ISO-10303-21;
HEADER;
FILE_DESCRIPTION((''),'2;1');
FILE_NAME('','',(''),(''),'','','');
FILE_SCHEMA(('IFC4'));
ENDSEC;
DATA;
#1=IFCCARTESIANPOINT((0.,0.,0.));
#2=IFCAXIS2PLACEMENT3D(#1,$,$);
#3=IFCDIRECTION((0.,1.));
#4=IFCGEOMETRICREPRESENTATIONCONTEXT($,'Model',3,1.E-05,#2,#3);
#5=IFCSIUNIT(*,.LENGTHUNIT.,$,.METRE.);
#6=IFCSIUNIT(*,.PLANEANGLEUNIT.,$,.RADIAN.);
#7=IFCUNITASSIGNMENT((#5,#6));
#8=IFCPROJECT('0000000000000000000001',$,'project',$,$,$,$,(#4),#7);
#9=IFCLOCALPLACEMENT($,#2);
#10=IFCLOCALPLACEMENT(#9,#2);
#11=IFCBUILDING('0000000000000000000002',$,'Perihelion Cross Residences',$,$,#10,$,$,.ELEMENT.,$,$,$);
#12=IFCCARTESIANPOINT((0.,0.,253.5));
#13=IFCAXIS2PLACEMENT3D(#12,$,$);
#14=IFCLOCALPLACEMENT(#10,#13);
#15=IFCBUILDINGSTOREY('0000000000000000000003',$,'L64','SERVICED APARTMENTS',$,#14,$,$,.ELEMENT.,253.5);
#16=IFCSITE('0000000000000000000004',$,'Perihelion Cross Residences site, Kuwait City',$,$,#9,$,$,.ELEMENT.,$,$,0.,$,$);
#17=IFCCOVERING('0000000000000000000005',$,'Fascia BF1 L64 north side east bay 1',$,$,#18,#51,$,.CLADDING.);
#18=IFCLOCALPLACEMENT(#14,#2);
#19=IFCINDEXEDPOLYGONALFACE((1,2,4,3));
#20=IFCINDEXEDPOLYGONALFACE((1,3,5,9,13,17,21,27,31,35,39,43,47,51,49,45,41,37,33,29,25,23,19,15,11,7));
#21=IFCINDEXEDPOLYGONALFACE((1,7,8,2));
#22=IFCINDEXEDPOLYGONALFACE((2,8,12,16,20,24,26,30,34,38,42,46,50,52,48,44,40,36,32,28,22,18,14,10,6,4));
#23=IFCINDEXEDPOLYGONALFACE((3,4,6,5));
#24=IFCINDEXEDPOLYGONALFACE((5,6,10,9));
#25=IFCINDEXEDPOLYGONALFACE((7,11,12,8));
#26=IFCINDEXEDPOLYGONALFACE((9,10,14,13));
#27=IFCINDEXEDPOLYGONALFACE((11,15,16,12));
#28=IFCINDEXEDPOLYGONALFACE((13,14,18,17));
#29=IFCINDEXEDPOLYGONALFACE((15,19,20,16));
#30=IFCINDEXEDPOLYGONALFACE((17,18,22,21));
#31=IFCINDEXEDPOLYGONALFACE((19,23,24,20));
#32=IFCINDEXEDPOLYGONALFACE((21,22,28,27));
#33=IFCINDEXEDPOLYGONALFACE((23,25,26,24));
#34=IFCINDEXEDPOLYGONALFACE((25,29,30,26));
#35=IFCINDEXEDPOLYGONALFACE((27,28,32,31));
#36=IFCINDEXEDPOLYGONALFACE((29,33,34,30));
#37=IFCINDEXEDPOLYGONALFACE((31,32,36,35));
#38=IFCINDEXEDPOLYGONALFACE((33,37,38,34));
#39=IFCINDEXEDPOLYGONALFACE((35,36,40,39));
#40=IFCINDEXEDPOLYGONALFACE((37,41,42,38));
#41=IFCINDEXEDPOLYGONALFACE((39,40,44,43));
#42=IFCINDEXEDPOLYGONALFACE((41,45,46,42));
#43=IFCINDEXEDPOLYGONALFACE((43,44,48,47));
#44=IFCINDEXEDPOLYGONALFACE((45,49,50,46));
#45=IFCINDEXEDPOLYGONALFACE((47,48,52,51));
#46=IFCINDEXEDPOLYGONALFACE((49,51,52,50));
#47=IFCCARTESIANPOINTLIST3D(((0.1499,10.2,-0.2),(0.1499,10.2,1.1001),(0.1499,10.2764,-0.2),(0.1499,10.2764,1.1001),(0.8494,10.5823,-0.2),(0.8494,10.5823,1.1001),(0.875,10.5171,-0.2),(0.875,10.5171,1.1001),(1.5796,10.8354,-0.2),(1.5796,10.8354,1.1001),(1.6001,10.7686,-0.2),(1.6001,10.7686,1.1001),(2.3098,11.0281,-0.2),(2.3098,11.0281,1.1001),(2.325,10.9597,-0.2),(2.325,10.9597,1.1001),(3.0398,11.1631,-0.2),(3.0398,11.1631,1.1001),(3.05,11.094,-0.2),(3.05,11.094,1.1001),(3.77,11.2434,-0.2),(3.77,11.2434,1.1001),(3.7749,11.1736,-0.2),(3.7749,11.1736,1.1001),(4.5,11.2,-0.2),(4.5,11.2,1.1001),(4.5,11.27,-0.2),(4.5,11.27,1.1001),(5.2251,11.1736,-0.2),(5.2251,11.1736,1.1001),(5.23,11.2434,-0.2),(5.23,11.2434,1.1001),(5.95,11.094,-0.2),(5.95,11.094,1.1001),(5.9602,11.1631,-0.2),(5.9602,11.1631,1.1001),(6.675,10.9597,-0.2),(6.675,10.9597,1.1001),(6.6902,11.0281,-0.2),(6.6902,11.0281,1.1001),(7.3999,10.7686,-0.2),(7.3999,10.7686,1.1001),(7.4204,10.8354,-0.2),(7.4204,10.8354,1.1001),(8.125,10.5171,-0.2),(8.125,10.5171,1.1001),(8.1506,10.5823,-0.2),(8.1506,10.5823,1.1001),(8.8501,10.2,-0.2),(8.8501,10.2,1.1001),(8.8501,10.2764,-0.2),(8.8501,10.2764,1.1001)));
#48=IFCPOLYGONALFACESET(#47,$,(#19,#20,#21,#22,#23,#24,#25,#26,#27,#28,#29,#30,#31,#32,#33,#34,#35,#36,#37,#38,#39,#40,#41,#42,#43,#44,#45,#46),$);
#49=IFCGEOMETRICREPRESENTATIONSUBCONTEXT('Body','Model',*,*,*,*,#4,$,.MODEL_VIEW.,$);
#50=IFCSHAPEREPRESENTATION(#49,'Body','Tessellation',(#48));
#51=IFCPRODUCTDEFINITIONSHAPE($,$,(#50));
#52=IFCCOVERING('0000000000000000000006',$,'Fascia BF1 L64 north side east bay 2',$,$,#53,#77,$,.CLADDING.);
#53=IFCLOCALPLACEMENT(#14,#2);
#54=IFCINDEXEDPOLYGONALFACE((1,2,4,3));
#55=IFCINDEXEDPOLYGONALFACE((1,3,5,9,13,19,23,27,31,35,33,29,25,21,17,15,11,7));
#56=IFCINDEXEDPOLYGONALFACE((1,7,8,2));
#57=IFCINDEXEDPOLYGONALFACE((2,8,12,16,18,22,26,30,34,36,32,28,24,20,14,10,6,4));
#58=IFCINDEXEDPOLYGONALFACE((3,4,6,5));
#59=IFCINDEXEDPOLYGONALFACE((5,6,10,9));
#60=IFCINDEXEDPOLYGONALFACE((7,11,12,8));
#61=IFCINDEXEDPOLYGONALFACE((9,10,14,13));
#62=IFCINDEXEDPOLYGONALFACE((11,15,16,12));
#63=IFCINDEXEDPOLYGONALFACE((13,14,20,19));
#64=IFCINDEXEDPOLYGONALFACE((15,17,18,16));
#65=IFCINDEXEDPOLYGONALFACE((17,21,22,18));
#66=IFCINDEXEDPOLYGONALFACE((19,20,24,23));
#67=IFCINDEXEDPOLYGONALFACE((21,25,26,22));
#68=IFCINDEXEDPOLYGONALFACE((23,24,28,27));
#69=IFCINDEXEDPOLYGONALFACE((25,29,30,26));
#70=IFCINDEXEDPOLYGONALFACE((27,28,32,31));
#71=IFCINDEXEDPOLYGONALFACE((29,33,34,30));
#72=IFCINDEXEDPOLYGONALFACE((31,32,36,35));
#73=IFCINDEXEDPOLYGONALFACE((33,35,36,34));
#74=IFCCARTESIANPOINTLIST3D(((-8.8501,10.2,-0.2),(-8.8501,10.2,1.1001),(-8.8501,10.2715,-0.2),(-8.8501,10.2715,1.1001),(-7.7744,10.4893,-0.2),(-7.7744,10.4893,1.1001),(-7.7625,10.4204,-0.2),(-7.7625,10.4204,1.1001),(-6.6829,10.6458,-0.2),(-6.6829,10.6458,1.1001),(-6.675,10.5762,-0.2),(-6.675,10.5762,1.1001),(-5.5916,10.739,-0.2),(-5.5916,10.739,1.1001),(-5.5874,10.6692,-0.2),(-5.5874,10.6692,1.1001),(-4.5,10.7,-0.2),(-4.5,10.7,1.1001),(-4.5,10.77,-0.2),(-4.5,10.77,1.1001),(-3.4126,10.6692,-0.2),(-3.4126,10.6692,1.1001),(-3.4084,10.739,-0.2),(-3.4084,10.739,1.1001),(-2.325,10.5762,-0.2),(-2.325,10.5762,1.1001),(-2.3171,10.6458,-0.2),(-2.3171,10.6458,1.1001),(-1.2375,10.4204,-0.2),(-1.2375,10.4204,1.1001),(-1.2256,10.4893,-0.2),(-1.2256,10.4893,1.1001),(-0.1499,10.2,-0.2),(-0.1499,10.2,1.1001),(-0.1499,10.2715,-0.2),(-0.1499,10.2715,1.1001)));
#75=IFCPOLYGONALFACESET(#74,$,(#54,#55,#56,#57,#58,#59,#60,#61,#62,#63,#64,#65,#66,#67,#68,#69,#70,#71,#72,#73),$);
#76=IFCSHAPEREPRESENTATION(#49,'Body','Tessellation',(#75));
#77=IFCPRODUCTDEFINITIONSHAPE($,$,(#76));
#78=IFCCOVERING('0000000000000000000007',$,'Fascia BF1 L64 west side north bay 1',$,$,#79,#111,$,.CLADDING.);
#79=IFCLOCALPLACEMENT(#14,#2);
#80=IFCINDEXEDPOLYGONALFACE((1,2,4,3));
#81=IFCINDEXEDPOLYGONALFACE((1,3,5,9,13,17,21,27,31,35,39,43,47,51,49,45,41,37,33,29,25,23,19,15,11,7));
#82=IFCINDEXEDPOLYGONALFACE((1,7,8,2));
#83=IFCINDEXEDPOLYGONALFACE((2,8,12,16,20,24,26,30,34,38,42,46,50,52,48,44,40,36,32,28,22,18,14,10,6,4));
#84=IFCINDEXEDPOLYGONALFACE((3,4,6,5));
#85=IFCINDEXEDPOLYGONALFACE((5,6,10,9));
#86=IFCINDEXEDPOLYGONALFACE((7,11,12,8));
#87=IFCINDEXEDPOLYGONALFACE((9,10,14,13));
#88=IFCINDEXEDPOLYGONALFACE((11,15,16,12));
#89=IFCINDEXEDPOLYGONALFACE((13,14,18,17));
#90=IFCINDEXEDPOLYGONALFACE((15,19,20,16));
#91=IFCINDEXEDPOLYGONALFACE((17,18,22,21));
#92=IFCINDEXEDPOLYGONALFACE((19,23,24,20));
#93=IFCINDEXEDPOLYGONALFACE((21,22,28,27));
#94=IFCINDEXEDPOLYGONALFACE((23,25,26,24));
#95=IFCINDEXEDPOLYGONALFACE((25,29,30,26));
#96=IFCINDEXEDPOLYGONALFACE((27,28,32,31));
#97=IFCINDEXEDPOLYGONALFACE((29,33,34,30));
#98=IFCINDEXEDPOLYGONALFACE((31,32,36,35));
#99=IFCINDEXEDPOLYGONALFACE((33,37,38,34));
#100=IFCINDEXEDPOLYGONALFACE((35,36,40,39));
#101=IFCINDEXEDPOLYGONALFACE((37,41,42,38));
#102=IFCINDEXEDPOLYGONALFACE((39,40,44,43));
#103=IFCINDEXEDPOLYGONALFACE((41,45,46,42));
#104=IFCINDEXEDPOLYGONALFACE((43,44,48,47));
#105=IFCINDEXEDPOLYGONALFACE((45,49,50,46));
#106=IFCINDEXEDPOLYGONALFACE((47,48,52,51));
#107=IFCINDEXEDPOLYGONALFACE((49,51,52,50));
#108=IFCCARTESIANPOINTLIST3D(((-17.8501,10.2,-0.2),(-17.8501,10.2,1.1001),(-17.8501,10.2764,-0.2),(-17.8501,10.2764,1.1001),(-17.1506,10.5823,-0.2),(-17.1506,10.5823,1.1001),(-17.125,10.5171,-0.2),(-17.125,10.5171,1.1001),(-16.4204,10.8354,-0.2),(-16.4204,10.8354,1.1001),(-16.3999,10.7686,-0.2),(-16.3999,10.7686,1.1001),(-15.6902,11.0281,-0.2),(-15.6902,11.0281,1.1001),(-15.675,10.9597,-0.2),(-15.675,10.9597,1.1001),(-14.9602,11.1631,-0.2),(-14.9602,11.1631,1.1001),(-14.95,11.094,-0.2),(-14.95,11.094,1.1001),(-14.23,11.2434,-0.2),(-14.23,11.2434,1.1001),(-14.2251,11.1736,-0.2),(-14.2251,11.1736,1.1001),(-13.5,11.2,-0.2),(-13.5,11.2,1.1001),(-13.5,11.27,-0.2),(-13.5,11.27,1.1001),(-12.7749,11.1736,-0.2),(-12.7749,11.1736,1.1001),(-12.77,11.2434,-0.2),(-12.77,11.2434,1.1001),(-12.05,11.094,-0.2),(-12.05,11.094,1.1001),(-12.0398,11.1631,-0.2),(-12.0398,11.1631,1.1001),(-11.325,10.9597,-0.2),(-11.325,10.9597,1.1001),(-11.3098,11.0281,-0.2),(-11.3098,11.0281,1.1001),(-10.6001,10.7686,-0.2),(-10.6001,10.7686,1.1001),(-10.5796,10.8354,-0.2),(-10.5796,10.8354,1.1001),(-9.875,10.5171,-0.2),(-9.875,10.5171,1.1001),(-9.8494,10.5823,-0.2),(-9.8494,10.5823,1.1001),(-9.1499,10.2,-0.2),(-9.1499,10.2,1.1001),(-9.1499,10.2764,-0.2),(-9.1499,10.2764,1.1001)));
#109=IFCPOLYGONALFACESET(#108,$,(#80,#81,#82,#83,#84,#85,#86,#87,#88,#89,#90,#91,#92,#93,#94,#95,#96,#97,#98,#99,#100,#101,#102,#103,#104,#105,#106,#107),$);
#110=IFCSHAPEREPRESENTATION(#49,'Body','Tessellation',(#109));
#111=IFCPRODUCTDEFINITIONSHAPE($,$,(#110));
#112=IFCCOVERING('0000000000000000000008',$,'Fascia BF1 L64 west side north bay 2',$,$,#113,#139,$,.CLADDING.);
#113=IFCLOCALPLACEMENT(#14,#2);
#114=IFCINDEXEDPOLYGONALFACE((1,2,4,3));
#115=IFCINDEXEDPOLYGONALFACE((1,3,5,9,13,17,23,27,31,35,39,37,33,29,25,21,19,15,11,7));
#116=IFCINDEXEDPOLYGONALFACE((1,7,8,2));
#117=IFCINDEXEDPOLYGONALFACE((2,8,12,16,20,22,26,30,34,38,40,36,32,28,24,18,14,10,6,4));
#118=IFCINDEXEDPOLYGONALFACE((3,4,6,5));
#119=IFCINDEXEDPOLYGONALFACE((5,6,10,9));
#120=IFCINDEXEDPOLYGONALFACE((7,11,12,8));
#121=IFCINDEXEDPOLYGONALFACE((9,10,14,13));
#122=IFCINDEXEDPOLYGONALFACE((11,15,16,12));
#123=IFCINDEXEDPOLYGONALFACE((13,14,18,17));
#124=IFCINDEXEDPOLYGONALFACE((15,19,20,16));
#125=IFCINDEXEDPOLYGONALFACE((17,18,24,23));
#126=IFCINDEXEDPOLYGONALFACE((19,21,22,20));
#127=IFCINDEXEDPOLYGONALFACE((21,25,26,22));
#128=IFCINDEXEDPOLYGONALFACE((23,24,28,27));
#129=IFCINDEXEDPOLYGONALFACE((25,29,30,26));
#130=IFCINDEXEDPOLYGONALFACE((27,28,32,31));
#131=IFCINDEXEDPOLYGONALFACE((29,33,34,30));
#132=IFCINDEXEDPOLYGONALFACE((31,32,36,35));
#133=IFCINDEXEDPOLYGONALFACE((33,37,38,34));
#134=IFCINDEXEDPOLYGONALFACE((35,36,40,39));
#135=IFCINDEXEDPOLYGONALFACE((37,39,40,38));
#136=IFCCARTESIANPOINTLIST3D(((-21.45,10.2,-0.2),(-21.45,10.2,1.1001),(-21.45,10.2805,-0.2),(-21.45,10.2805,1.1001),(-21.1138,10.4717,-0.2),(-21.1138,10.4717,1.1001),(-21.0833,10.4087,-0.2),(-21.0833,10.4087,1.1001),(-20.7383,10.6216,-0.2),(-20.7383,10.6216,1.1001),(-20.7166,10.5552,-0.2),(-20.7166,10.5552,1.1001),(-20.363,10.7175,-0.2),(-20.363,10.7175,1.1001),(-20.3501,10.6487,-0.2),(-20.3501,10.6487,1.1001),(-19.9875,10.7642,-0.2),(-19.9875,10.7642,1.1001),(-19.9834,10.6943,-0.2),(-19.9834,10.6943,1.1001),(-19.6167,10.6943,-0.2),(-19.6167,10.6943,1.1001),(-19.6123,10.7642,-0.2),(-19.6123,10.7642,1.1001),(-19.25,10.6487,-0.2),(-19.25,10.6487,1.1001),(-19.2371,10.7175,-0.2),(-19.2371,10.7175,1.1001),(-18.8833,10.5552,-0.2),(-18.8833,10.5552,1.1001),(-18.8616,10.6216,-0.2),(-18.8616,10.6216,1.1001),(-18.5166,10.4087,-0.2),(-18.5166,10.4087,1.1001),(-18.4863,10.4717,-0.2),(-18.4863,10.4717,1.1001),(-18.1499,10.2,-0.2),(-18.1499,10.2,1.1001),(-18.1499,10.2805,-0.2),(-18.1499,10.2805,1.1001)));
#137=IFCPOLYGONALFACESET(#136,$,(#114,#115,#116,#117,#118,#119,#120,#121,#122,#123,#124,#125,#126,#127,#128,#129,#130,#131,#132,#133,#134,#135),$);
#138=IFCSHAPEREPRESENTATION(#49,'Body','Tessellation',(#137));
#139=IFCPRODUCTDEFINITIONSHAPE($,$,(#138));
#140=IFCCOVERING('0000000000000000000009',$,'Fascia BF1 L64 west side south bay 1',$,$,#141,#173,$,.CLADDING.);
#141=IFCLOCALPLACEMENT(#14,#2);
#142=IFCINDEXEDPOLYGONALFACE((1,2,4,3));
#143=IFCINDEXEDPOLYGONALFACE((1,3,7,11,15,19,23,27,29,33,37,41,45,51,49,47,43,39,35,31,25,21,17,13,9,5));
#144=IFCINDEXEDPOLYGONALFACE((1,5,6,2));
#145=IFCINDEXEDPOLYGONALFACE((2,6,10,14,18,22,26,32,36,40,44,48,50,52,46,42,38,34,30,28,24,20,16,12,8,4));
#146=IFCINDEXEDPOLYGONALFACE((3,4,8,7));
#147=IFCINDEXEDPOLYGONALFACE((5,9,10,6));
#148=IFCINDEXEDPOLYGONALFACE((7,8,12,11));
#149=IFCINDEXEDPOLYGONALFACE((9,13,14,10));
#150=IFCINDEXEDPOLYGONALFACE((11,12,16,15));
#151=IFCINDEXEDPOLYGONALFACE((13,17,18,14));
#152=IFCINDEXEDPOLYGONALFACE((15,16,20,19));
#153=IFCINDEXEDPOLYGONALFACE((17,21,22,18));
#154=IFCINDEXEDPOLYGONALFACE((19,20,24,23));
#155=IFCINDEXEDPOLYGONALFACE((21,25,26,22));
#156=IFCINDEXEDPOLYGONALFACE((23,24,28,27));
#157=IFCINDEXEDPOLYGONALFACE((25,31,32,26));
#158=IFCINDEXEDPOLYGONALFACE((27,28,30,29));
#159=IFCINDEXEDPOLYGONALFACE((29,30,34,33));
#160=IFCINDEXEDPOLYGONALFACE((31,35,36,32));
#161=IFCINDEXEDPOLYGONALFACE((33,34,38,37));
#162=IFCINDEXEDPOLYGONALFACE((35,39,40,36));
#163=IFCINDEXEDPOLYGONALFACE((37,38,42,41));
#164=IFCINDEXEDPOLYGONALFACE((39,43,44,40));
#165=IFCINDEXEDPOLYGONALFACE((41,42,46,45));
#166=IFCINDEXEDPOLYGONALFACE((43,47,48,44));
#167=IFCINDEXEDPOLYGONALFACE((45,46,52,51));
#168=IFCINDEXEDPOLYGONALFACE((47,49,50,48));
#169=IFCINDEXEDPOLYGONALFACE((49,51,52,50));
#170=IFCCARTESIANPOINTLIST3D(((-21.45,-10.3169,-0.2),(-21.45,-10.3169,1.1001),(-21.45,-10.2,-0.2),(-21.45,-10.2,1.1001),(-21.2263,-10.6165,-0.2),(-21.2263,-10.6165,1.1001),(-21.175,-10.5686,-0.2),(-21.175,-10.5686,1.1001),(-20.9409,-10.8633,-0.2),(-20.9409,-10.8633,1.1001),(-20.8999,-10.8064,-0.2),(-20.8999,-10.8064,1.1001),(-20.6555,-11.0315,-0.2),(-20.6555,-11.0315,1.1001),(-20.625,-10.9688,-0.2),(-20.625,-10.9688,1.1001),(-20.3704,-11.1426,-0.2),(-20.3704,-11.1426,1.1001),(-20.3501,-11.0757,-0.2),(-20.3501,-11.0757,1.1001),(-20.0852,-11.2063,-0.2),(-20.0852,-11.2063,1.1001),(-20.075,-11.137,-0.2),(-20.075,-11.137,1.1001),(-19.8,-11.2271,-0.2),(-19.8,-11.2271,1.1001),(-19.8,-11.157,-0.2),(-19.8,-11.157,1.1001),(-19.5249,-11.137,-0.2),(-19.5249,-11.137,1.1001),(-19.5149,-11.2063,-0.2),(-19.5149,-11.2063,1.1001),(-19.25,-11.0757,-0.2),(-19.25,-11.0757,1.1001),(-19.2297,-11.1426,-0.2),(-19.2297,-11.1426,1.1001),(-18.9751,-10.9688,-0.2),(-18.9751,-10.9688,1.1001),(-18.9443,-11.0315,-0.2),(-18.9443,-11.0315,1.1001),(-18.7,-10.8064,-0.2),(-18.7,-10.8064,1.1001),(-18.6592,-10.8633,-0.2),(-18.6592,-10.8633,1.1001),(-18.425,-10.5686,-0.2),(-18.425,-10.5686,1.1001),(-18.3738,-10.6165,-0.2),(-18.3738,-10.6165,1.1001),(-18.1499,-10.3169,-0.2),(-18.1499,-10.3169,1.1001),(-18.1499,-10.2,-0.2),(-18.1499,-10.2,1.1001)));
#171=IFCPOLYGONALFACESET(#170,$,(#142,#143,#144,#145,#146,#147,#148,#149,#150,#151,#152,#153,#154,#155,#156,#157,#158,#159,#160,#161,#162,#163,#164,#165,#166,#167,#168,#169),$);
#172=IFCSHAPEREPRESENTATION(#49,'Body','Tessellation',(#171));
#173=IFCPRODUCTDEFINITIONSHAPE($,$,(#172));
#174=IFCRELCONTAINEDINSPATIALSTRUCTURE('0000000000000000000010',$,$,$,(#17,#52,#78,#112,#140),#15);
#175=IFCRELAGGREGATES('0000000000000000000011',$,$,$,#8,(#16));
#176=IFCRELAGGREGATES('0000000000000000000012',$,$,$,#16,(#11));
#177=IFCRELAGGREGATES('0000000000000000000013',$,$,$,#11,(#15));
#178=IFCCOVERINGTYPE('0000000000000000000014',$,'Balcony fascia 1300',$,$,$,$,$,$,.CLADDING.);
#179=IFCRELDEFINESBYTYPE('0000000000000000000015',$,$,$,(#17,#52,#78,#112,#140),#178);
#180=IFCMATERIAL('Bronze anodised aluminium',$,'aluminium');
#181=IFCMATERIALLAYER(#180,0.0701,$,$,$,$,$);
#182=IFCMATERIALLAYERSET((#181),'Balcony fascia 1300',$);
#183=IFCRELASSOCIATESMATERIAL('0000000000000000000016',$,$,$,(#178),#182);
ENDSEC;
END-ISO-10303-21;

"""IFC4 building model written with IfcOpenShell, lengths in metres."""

from ifc_helpers import new_model, si_unit, direction, frame, origin, place, context, subcontext, project, spatial, polyline, outline, extrude, material, layer, layer_set, type_object, element, save


model = new_model("IFC4")

# Units and contexts
model_context = context("Model", 3, precision=1e-05, world=origin(), true_north=direction((0.0, 1.0)))
body_context = subcontext(model_context, "Body", "Model", "MODEL_VIEW")
ifc_project = project(units=[si_unit("LENGTHUNIT", "METRE"), si_unit("PLANEANGLEUNIT", "RADIAN")], contexts=[model_context])

# Site, building, storey
site_placement = place(None, origin())
site = spatial("IfcSite", under=ifc_project, at=site_placement, Name="Perihelion Cross Residences site, Kuwait City", CompositionType="ELEMENT", RefElevation=0.0)
building_placement = place(site_placement, origin())
building = spatial("IfcBuilding", under=site, at=building_placement, Name="Perihelion Cross Residences", CompositionType="ELEMENT")
storey_placement = place(building_placement, frame((0.0, 0.0, 253.5)))
storey = spatial("IfcBuildingStorey", under=building, at=storey_placement, Name="L64", Description="SERVICED APARTMENTS", CompositionType="ELEMENT", Elevation=253.5)

# Coverings
ifc_material_1 = material(Name="Bronze anodised aluminium", Category="aluminium")
ifc_layer_1 = layer(ifc_material_1, 0.0701)
ifc_layer_set_1 = layer_set([ifc_layer_1], Name="Balcony fascia 1300")
covering_type = type_object("IfcCoveringType", Name="Balcony fascia 1300", PredefinedType="CLADDING", material=ifc_layer_set_1)
covering_1_placement = place(storey_placement, frame((0.0, 0.0, -0.2)))
element("IfcCovering", 1, at=covering_1_placement, inside=storey, type_object=covering_type, Name="Fascia BF1 L64 north side east bay 1", PredefinedType="CLADDING", context=body_context, shape_type="SweptSolid", body=[
    extrude(outline(polyline([(8.1506, 10.5823), (7.4204, 10.8354), (6.6902, 11.0281), (5.9602, 11.1631), (5.23, 11.2434), (4.5, 11.27), (3.77, 11.2434), (3.0398, 11.1631), (2.3098, 11.0281), (1.5796, 10.8354), (0.8494, 10.5823), (0.1499, 10.2764), (0.1499, 10.2), (0.875, 10.5171), (1.6001, 10.7686), (2.325, 10.9597), (3.05, 11.094), (3.7749, 11.1736), (4.5, 11.2), (5.2251, 11.1736), (5.95, 11.094), (6.675, 10.9597), (7.3999, 10.7686), (8.125, 10.5171), (8.8501, 10.2), (8.8501, 10.2764), (8.1506, 10.5823)])), origin(), (0.0, 0.0, 1.0), 1.3),
])
covering_2_placement = place(storey_placement, frame((0.0, 0.0, -0.2)))
element("IfcCovering", 2, at=covering_2_placement, inside=storey, type_object=covering_type, Name="Fascia BF1 L64 north side east bay 2", PredefinedType="CLADDING", context=body_context, shape_type="SweptSolid", body=[
    extrude(outline(polyline([(-1.2256, 10.4893), (-2.3171, 10.6458), (-3.4084, 10.739), (-4.5, 10.77), (-5.5916, 10.739), (-6.6829, 10.6458), (-7.7744, 10.4893), (-8.8501, 10.2715), (-8.8501, 10.2), (-7.7625, 10.4204), (-6.675, 10.5762), (-5.5874, 10.6692), (-4.5, 10.7), (-3.4126, 10.6692), (-2.325, 10.5762), (-1.2375, 10.4204), (-0.1499, 10.2), (-0.1499, 10.2715), (-1.2256, 10.4893)])), origin(), (0.0, 0.0, 1.0), 1.3),
])
covering_3_placement = place(storey_placement, frame((0.0, 0.0, -0.2)))
element("IfcCovering", 3, at=covering_3_placement, inside=storey, type_object=covering_type, Name="Fascia BF1 L64 west side north bay 1", PredefinedType="CLADDING", context=body_context, shape_type="SweptSolid", body=[
    extrude(outline(polyline([(-9.8494, 10.5823), (-10.5796, 10.8354), (-11.3098, 11.0281), (-12.0398, 11.1631), (-12.77, 11.2434), (-13.5, 11.27), (-14.23, 11.2434), (-14.9602, 11.1631), (-15.6902, 11.0281), (-16.4204, 10.8354), (-17.1506, 10.5823), (-17.8501, 10.2764), (-17.8501, 10.2), (-17.125, 10.5171), (-16.3999, 10.7686), (-15.675, 10.9597), (-14.95, 11.094), (-14.2251, 11.1736), (-13.5, 11.2), (-12.7749, 11.1736), (-12.05, 11.094), (-11.325, 10.9597), (-10.6001, 10.7686), (-9.875, 10.5171), (-9.1499, 10.2), (-9.1499, 10.2764), (-9.8494, 10.5823)])), origin(), (0.0, 0.0, 1.0), 1.3),
])
covering_4_placement = place(storey_placement, frame((0.0, 0.0, -0.2)))
element("IfcCovering", 4, at=covering_4_placement, inside=storey, type_object=covering_type, Name="Fascia BF1 L64 west side north bay 2", PredefinedType="CLADDING", context=body_context, shape_type="SweptSolid", body=[
    extrude(outline(polyline([(-18.4863, 10.4717), (-18.8616, 10.6216), (-19.2371, 10.7175), (-19.6123, 10.7642), (-19.9875, 10.7642), (-20.363, 10.7175), (-20.7383, 10.6216), (-21.1138, 10.4717), (-21.45, 10.2805), (-21.45, 10.2), (-21.0833, 10.4087), (-20.7166, 10.5552), (-20.3501, 10.6487), (-19.9834, 10.6943), (-19.6167, 10.6943), (-19.25, 10.6487), (-18.8833, 10.5552), (-18.5166, 10.4087), (-18.1499, 10.2), (-18.1499, 10.2805), (-18.4863, 10.4717)])), origin(), (0.0, 0.0, 1.0), 1.3),
])
covering_5_placement = place(storey_placement, frame((0.0, 0.0, -0.2)))
element("IfcCovering", 5, at=covering_5_placement, inside=storey, type_object=covering_type, Name="Fascia BF1 L64 west side south bay 1", PredefinedType="CLADDING", context=body_context, shape_type="SweptSolid", body=[
    extrude(outline(polyline([(-21.2263, -10.6165), (-20.9409, -10.8633), (-20.6555, -11.0315), (-20.3704, -11.1426), (-20.0852, -11.2063), (-19.8, -11.2271), (-19.5149, -11.2063), (-19.2297, -11.1426), (-18.9443, -11.0315), (-18.6592, -10.8633), (-18.3738, -10.6165), (-18.1499, -10.3169), (-18.1499, -10.2), (-18.425, -10.5686), (-18.7, -10.8064), (-18.9751, -10.9688), (-19.25, -11.0757), (-19.5249, -11.137), (-19.8, -11.157), (-20.075, -11.137), (-20.3501, -11.0757), (-20.625, -10.9688), (-20.8999, -10.8064), (-21.175, -10.5686), (-21.45, -10.2), (-21.45, -10.3169), (-21.2263, -10.6165)])), origin(), (0.0, 0.0, 1.0), 1.3),
])

save(model, "model.ifc")
